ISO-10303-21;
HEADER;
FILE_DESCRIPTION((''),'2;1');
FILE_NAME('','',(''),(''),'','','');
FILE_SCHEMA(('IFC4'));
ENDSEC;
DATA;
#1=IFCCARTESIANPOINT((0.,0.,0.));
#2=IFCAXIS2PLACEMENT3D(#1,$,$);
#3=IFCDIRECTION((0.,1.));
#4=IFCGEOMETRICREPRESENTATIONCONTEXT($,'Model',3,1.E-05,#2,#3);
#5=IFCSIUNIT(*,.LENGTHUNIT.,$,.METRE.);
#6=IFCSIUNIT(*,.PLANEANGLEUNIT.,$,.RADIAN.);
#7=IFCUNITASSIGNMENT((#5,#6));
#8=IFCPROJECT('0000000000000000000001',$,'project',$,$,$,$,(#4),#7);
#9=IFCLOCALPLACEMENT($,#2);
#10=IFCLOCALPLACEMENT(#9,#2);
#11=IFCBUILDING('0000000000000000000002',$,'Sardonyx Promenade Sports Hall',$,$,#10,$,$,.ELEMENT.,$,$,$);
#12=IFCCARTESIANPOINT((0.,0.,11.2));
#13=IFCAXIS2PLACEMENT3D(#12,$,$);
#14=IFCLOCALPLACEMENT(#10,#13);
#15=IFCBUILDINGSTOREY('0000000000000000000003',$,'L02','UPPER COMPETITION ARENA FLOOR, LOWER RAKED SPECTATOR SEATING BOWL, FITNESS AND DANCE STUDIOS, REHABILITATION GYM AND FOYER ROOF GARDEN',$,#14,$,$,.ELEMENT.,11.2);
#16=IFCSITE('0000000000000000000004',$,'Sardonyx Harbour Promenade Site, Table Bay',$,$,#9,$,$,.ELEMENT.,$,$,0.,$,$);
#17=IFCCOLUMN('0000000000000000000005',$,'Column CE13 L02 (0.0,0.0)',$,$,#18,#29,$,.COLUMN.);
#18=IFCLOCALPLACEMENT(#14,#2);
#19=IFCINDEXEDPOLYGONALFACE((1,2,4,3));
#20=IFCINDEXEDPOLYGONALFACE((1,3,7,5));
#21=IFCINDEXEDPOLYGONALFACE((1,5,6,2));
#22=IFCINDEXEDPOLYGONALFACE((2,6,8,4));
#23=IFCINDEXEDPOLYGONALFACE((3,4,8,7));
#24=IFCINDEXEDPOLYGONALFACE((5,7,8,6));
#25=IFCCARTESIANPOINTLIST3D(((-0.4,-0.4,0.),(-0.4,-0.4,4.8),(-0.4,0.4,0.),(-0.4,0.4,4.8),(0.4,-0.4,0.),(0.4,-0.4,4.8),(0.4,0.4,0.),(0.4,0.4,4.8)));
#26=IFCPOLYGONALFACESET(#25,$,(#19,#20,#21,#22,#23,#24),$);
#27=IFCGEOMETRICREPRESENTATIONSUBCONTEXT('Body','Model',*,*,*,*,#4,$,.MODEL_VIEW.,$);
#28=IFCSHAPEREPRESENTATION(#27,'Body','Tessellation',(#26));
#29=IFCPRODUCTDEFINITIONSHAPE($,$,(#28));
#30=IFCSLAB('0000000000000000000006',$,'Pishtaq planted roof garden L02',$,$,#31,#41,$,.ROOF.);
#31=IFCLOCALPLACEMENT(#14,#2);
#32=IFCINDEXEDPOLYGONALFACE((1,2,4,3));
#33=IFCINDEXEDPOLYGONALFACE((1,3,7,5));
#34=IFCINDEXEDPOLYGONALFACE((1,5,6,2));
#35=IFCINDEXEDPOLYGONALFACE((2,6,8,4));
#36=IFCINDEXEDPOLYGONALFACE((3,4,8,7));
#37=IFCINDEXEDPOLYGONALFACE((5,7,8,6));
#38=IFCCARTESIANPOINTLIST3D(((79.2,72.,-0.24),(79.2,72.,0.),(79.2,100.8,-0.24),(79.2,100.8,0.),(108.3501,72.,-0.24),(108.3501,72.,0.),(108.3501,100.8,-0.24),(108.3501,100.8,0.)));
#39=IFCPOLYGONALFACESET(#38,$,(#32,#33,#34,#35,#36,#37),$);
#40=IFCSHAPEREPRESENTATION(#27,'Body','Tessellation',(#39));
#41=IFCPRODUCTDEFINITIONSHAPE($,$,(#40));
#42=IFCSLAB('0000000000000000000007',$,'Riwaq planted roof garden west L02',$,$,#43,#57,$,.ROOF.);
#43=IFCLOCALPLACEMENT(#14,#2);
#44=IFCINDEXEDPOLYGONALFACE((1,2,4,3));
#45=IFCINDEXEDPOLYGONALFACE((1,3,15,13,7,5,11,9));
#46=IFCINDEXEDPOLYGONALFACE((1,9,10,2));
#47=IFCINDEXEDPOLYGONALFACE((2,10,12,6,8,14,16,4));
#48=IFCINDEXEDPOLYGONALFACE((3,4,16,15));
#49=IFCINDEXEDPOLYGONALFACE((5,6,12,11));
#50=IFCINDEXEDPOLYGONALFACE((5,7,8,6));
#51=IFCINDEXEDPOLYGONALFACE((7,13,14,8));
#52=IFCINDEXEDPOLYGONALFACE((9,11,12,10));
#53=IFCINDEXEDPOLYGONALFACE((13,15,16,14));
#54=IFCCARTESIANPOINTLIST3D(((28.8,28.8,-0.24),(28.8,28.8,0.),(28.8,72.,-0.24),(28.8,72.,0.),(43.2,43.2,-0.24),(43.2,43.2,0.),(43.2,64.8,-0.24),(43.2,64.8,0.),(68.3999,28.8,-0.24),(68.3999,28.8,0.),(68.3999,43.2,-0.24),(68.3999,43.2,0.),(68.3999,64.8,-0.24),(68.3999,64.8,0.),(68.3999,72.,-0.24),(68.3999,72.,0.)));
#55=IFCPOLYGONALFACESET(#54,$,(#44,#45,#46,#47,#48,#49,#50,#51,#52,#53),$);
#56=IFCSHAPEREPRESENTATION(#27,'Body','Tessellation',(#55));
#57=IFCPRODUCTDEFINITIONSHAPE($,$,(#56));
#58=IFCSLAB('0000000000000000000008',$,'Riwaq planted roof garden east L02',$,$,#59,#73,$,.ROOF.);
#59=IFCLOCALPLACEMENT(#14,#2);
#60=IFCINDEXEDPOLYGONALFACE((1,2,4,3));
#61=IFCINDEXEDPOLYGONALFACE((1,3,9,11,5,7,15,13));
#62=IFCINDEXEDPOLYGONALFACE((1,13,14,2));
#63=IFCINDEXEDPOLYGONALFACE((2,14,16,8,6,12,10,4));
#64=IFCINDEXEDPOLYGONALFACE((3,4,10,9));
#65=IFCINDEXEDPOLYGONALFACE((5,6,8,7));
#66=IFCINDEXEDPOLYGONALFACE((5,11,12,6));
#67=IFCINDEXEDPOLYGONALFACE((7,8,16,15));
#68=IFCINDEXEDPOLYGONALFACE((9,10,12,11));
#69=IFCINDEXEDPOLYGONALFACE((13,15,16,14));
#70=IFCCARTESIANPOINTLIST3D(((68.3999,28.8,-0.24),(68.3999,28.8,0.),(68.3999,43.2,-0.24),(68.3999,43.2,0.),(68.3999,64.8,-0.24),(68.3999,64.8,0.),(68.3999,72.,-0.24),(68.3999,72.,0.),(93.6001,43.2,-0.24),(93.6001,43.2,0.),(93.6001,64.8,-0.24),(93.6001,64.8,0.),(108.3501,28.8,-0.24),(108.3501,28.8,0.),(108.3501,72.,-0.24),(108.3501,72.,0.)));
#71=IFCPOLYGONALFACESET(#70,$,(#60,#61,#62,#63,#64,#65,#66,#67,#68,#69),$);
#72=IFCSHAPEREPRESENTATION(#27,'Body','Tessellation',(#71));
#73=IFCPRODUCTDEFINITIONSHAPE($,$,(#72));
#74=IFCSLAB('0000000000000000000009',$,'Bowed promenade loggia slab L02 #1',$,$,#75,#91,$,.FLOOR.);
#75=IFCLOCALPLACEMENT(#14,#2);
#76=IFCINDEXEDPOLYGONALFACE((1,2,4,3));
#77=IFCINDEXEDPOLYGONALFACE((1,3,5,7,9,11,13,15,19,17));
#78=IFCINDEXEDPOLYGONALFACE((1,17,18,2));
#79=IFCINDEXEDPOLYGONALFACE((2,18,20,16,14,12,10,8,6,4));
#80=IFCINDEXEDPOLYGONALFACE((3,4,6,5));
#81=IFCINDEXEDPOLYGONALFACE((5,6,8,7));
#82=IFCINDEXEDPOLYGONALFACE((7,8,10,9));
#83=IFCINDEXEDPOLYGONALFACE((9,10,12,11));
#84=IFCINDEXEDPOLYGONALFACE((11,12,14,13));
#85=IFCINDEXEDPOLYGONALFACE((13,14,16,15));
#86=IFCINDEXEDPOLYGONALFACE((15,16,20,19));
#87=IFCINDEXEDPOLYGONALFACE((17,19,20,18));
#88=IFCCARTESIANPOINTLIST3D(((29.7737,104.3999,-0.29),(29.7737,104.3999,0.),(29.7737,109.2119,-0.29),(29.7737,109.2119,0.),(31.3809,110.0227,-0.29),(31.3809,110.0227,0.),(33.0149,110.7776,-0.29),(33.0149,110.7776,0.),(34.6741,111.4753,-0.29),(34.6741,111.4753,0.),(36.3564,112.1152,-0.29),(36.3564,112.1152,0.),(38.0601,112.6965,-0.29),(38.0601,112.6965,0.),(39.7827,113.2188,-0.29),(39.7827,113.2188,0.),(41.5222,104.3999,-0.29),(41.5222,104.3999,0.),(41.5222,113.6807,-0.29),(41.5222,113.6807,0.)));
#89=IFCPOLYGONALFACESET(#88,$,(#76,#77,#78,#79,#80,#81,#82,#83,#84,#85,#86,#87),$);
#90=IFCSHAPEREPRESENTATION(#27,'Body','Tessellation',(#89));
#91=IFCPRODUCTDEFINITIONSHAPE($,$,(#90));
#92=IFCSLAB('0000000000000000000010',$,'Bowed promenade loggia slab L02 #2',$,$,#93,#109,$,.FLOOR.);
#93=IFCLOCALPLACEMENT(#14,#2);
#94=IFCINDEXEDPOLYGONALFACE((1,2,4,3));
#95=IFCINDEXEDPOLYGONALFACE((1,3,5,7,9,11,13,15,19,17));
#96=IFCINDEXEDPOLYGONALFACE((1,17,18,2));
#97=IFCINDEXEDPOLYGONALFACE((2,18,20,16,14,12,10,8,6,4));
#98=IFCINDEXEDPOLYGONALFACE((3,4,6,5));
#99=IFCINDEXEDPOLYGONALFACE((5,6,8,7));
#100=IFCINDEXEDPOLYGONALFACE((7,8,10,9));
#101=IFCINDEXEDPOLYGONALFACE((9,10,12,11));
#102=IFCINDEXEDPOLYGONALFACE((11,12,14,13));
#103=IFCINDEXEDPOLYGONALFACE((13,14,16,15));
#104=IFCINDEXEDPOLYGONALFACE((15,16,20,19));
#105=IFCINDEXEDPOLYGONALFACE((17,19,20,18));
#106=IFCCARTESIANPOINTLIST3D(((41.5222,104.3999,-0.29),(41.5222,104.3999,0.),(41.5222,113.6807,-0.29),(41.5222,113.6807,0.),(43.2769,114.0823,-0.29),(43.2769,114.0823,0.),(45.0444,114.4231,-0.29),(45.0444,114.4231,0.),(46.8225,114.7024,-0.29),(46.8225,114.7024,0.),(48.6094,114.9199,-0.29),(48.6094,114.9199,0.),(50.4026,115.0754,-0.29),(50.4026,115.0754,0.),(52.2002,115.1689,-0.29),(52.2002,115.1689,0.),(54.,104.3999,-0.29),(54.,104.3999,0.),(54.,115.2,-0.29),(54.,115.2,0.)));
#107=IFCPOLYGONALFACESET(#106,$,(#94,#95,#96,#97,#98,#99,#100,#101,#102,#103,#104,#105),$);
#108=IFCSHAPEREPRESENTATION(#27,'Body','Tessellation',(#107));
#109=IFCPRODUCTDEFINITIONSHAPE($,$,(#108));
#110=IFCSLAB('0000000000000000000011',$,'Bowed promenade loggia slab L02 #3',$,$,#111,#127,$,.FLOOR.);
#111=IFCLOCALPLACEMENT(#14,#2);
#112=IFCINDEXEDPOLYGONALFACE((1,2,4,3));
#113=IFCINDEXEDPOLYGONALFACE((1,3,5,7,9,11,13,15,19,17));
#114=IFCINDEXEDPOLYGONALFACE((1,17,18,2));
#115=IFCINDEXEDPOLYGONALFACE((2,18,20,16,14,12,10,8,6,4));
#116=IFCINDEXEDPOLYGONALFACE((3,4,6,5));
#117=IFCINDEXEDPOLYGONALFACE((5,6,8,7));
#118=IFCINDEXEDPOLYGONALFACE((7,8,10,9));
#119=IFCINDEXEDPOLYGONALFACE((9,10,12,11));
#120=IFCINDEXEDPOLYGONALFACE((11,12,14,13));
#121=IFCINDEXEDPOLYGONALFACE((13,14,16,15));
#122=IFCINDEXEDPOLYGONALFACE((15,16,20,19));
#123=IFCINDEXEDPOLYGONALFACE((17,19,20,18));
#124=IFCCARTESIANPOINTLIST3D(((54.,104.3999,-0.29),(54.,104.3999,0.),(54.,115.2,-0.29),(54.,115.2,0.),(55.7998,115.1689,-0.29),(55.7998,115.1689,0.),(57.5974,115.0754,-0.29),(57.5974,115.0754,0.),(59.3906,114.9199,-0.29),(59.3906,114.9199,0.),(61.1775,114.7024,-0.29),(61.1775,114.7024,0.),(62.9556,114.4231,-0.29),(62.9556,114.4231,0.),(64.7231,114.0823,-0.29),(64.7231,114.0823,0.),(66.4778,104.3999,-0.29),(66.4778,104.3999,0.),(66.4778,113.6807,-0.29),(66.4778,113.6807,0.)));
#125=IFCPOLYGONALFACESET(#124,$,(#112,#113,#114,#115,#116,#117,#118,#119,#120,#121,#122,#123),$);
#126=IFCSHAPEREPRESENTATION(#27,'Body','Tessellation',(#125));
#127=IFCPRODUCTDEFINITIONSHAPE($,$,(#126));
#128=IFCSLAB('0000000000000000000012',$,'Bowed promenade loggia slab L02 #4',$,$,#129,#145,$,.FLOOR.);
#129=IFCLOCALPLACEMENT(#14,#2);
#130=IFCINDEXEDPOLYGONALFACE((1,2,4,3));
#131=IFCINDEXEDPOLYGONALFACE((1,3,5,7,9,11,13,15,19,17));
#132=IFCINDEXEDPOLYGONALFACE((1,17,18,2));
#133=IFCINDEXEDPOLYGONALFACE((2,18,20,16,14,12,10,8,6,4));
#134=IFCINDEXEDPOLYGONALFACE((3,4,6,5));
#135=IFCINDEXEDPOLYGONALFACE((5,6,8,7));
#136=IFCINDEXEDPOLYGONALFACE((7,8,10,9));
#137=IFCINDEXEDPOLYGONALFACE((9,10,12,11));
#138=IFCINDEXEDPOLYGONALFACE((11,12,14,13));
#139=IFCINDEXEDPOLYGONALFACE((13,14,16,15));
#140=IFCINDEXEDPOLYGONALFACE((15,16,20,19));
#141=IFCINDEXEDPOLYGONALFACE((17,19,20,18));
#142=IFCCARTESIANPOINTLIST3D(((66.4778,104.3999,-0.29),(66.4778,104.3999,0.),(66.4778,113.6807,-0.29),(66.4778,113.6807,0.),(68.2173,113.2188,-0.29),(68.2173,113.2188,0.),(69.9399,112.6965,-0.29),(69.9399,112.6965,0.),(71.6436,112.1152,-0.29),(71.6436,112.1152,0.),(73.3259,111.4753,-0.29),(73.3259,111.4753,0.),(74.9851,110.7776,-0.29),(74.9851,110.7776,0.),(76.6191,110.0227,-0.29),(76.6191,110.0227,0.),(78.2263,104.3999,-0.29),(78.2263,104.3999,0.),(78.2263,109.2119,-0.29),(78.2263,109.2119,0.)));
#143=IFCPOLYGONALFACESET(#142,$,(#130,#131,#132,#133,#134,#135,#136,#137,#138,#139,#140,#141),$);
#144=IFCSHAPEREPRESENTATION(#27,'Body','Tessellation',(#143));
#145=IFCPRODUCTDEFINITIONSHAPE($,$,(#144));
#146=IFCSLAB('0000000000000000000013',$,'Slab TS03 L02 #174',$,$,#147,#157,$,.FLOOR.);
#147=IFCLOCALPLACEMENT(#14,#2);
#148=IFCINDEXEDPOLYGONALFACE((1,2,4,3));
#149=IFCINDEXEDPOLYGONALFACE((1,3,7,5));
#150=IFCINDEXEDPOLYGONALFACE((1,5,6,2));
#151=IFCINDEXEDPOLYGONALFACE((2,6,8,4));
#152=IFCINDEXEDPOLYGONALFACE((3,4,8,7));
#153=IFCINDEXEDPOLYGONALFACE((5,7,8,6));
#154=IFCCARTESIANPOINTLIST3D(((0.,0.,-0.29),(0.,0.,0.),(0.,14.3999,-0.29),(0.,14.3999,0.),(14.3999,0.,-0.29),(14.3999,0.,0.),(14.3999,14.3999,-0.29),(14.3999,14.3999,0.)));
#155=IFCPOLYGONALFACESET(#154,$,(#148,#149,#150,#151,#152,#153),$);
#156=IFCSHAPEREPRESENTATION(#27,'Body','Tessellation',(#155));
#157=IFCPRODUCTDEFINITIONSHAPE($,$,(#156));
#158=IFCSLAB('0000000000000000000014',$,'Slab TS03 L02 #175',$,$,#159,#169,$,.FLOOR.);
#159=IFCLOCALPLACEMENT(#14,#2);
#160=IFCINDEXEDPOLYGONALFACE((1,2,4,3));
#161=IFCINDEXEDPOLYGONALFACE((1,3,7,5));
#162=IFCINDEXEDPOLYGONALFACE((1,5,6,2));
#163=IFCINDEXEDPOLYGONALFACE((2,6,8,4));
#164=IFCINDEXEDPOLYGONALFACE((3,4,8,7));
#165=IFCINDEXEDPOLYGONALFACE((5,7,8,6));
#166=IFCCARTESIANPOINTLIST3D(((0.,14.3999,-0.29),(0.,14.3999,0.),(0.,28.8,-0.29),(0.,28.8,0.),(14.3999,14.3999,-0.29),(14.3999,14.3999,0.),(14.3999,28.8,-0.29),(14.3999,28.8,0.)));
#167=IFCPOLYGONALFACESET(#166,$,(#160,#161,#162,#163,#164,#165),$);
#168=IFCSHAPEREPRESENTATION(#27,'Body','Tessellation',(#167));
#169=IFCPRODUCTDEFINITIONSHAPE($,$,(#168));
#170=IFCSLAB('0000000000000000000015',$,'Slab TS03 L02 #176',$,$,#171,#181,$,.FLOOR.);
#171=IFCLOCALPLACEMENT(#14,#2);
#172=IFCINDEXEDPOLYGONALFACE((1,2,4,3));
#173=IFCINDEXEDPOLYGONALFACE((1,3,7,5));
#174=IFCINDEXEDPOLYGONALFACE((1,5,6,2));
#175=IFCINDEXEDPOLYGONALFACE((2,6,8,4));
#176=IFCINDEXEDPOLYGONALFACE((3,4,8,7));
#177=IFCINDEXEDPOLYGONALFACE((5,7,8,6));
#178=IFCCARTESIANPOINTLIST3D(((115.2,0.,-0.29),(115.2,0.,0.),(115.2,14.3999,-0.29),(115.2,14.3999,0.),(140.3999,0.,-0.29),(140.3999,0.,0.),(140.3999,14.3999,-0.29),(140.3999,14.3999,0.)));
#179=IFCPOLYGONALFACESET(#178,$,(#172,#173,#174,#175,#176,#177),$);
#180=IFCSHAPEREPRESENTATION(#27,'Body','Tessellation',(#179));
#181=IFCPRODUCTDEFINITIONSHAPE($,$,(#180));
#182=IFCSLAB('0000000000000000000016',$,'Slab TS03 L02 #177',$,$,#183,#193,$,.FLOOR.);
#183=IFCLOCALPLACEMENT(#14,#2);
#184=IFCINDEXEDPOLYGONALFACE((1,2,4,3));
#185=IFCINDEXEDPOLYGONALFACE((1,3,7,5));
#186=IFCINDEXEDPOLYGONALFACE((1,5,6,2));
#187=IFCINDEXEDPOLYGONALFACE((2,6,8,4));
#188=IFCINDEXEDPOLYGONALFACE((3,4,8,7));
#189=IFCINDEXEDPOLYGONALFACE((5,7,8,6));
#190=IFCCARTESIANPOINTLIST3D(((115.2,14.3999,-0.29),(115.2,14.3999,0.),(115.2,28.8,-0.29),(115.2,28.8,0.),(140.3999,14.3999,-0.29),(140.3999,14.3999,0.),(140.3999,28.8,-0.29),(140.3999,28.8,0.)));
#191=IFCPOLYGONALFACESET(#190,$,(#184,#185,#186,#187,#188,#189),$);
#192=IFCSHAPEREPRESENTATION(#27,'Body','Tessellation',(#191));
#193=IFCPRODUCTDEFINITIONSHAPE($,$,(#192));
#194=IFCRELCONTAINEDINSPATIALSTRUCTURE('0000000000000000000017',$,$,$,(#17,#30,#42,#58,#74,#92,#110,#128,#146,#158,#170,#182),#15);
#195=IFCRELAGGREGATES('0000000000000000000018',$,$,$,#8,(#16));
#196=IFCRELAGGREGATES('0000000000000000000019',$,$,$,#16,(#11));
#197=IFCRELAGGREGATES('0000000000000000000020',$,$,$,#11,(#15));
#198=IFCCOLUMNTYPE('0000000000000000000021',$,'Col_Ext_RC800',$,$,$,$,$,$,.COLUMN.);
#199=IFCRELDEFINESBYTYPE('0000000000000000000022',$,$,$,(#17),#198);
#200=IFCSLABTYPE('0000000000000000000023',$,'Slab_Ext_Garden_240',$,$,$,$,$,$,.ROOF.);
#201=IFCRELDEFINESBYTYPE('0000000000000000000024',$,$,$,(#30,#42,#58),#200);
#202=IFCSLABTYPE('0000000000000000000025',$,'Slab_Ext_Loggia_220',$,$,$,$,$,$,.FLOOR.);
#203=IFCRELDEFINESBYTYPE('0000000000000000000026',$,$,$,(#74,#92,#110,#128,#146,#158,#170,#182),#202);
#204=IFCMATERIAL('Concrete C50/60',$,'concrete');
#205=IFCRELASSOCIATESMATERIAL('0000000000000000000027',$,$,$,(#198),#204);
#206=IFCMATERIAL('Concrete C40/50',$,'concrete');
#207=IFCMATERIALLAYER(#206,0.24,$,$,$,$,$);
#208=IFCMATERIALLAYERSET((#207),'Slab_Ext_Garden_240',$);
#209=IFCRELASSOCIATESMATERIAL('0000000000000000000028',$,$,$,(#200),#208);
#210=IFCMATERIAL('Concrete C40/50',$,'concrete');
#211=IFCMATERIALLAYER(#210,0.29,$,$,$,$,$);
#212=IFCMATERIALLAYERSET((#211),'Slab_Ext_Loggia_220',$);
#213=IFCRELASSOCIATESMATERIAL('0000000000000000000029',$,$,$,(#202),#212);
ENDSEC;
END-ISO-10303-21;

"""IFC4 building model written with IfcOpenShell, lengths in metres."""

from ifc_helpers import new_model, si_unit, direction, frame, origin, origin_with_axes, origin_2d, place, context, subcontext, project, spatial, polyline, rectangle, outline, extrude, material, layer, layer_set, material_profile, profile_set, type_object, element, save


model = new_model("IFC4")

# Units and contexts
model_context = context("Model", 3, precision=1e-05, world=origin(), true_north=direction((0.0, 1.0)))
body_context = subcontext(model_context, "Body", "Model", "MODEL_VIEW")
ifc_project = project(units=[si_unit("LENGTHUNIT", "METRE"), si_unit("PLANEANGLEUNIT", "RADIAN")], contexts=[model_context])

# Site, building, storey
site_placement = place(None, origin())
site = spatial("IfcSite", under=ifc_project, at=site_placement, Name="Sardonyx Harbour Promenade Site, Table Bay", CompositionType="ELEMENT", RefElevation=0.0)
building_placement = place(site_placement, origin())
building = spatial("IfcBuilding", under=site, at=building_placement, Name="Sardonyx Promenade Sports Hall", CompositionType="ELEMENT")
storey_placement = place(building_placement, frame((0.0, 0.0, 11.2)))
storey = spatial("IfcBuildingStorey", under=building, at=storey_placement, Name="L02", Description="UPPER COMPETITION ARENA FLOOR, LOWER RAKED SPECTATOR SEATING BOWL, FITNESS AND DANCE STUDIOS, REHABILITATION GYM AND FOYER ROOF GARDEN", CompositionType="ELEMENT", Elevation=11.2)

# Column
ifc_material_1 = material(Name="Concrete C50/60", Category="concrete")
ifc_material_profile = material_profile(ifc_material_1, rectangle(XDim=0.8, YDim=0.8, at=origin_2d()))
ifc_profile_set = profile_set([ifc_material_profile], Name="Concrete C50/60")
column_type = type_object("IfcColumnType", Name="Col_Ext_RC800", PredefinedType="COLUMN", material=ifc_profile_set)
column_placement = place(storey_placement, origin_with_axes())
element("IfcColumn", 1, at=column_placement, inside=storey, type_object=column_type, Name="Column CE13 L02 (0.0,0.0)", PredefinedType="COLUMN", context=body_context, shape_type="SweptSolid", body=[
    extrude(rectangle(XDim=0.8, YDim=0.8, at=origin_2d()), origin(), (0.0, 0.0, 1.0), 4.8),
])

# Slabs
ifc_material_2 = material(Name="Concrete C40/50", Category="concrete")
ifc_layer_1 = layer(ifc_material_2, 0.24)
ifc_layer_set_1 = layer_set([ifc_layer_1], Name="Slab_Ext_Garden_240")
slab_type_1 = type_object("IfcSlabType", Name="Slab_Ext_Garden_240", PredefinedType="ROOF", material=ifc_layer_set_1)
slab_1_placement = place(storey_placement, frame((0.0, 0.0, -0.24)))
element("IfcSlab", 2, at=slab_1_placement, inside=storey, type_object=slab_type_1, Name="Pishtaq planted roof garden L02", PredefinedType="ROOF", context=body_context, shape_type="SweptSolid", body=[
    extrude(outline(polyline([(79.2, 72.0), (108.3501, 72.0), (108.3501, 100.8), (79.2, 100.8), (79.2, 72.0)])), origin(), (0.0, 0.0, 1.0), 0.24),
])
slab_2_placement = place(storey_placement, frame((0.0, 0.0, -0.24)))
element("IfcSlab", 3, at=slab_2_placement, inside=storey, type_object=slab_type_1, Name="Riwaq planted roof garden west L02", PredefinedType="ROOF", context=body_context, shape_type="SweptSolid", body=[
    extrude(outline(polyline([(28.8, 28.8), (68.3999, 28.8), (68.3999, 43.2), (43.2, 43.2), (43.2, 64.8), (68.3999, 64.8), (68.3999, 72.0), (28.8, 72.0), (28.8, 28.8)])), origin(), (0.0, 0.0, 1.0), 0.24),
])
slab_3_placement = place(storey_placement, frame((0.0, 0.0, -0.24)))
element("IfcSlab", 4, at=slab_3_placement, inside=storey, type_object=slab_type_1, Name="Riwaq planted roof garden east L02", PredefinedType="ROOF", context=body_context, shape_type="SweptSolid", body=[
    extrude(outline(polyline([(68.3999, 28.8), (108.3501, 28.8), (108.3501, 72.0), (68.3999, 72.0), (68.3999, 64.8), (93.6001, 64.8), (93.6001, 43.2), (68.3999, 43.2), (68.3999, 28.8)])), origin(), (0.0, 0.0, 1.0), 0.24),
])
ifc_material_3 = material(Name="Concrete C40/50", Category="concrete")
ifc_layer_2 = layer(ifc_material_3, 0.29)
ifc_layer_set_2 = layer_set([ifc_layer_2], Name="Slab_Ext_Loggia_220")
slab_type_2 = type_object("IfcSlabType", Name="Slab_Ext_Loggia_220", PredefinedType="FLOOR", material=ifc_layer_set_2)
slab_4_placement = place(storey_placement, frame((0.0, 0.0, -0.29)))
element("IfcSlab", 5, at=slab_4_placement, inside=storey, type_object=slab_type_2, Name="Bowed promenade loggia slab L02 #1", PredefinedType="FLOOR", context=body_context, shape_type="SweptSolid", body=[
    extrude(outline(polyline([(29.7737, 104.3999), (41.5222, 104.3999), (41.5222, 113.6807), (39.7827, 113.2188), (38.0601, 112.6965), (36.3564, 112.1152), (34.6741, 111.4753), (33.0149, 110.7776), (31.3809, 110.0227), (29.7737, 109.2119), (29.7737, 104.3999)])), origin(), (0.0, 0.0, 1.0), 0.29),
])
slab_5_placement = place(storey_placement, frame((0.0, 0.0, -0.29)))
element("IfcSlab", 6, at=slab_5_placement, inside=storey, type_object=slab_type_2, Name="Bowed promenade loggia slab L02 #2", PredefinedType="FLOOR", context=body_context, shape_type="SweptSolid", body=[
    extrude(outline(polyline([(41.5222, 104.3999), (54.0, 104.3999), (54.0, 115.2), (52.2002, 115.1689), (50.4026, 115.0754), (48.6094, 114.9199), (46.8225, 114.7024), (45.0444, 114.4231), (43.2769, 114.0823), (41.5222, 113.6807), (41.5222, 104.3999)])), origin(), (0.0, 0.0, 1.0), 0.29),
])
slab_6_placement = place(storey_placement, frame((0.0, 0.0, -0.29)))
element("IfcSlab", 7, at=slab_6_placement, inside=storey, type_object=slab_type_2, Name="Bowed promenade loggia slab L02 #3", PredefinedType="FLOOR", context=body_context, shape_type="SweptSolid", body=[
    extrude(outline(polyline([(54.0, 104.3999), (66.4778, 104.3999), (66.4778, 113.6807), (64.7231, 114.0823), (62.9556, 114.4231), (61.1775, 114.7024), (59.3906, 114.9199), (57.5974, 115.0754), (55.7998, 115.1689), (54.0, 115.2), (54.0, 104.3999)])), origin(), (0.0, 0.0, 1.0), 0.29),
])
slab_7_placement = place(storey_placement, frame((0.0, 0.0, -0.29)))
element("IfcSlab", 8, at=slab_7_placement, inside=storey, type_object=slab_type_2, Name="Bowed promenade loggia slab L02 #4", PredefinedType="FLOOR", context=body_context, shape_type="SweptSolid", body=[
    extrude(outline(polyline([(66.4778, 104.3999), (78.2263, 104.3999), (78.2263, 109.2119), (76.6191, 110.0227), (74.9851, 110.7776), (73.3259, 111.4753), (71.6436, 112.1152), (69.9399, 112.6965), (68.2173, 113.2188), (66.4778, 113.6807), (66.4778, 104.3999)])), origin(), (0.0, 0.0, 1.0), 0.29),
])
slab_8_placement = place(storey_placement, frame((0.0, 0.0, -0.29)))
element("IfcSlab", 9, at=slab_8_placement, inside=storey, type_object=slab_type_2, Name="Slab TS03 L02 #174", PredefinedType="FLOOR", context=body_context, shape_type="SweptSolid", body=[
    extrude(outline(polyline([(0.0, 0.0), (14.3999, 0.0), (14.3999, 14.3999), (0.0, 14.3999), (0.0, 0.0)])), origin(), (0.0, 0.0, 1.0), 0.29),
])
slab_9_placement = place(storey_placement, frame((0.0, 0.0, -0.29)))
element("IfcSlab", 10, at=slab_9_placement, inside=storey, type_object=slab_type_2, Name="Slab TS03 L02 #175", PredefinedType="FLOOR", context=body_context, shape_type="SweptSolid", body=[
    extrude(outline(polyline([(0.0, 14.3999), (14.3999, 14.3999), (14.3999, 28.8), (0.0, 28.8), (0.0, 14.3999)])), origin(), (0.0, 0.0, 1.0), 0.29),
])
slab_10_placement = place(storey_placement, frame((0.0, 0.0, -0.29)))
element("IfcSlab", 11, at=slab_10_placement, inside=storey, type_object=slab_type_2, Name="Slab TS03 L02 #176", PredefinedType="FLOOR", context=body_context, shape_type="SweptSolid", body=[
    extrude(outline(polyline([(115.2, 0.0), (140.3999, 0.0), (140.3999, 14.3999), (115.2, 14.3999), (115.2, 0.0)])), origin(), (0.0, 0.0, 1.0), 0.29),
])
slab_11_placement = place(storey_placement, frame((0.0, 0.0, -0.29)))
element("IfcSlab", 12, at=slab_11_placement, inside=storey, type_object=slab_type_2, Name="Slab TS03 L02 #177", PredefinedType="FLOOR", context=body_context, shape_type="SweptSolid", body=[
    extrude(outline(polyline([(115.2, 14.3999), (140.3999, 14.3999), (140.3999, 28.8), (115.2, 28.8), (115.2, 14.3999)])), origin(), (0.0, 0.0, 1.0), 0.29),
])

save(model, "model.ifc")
